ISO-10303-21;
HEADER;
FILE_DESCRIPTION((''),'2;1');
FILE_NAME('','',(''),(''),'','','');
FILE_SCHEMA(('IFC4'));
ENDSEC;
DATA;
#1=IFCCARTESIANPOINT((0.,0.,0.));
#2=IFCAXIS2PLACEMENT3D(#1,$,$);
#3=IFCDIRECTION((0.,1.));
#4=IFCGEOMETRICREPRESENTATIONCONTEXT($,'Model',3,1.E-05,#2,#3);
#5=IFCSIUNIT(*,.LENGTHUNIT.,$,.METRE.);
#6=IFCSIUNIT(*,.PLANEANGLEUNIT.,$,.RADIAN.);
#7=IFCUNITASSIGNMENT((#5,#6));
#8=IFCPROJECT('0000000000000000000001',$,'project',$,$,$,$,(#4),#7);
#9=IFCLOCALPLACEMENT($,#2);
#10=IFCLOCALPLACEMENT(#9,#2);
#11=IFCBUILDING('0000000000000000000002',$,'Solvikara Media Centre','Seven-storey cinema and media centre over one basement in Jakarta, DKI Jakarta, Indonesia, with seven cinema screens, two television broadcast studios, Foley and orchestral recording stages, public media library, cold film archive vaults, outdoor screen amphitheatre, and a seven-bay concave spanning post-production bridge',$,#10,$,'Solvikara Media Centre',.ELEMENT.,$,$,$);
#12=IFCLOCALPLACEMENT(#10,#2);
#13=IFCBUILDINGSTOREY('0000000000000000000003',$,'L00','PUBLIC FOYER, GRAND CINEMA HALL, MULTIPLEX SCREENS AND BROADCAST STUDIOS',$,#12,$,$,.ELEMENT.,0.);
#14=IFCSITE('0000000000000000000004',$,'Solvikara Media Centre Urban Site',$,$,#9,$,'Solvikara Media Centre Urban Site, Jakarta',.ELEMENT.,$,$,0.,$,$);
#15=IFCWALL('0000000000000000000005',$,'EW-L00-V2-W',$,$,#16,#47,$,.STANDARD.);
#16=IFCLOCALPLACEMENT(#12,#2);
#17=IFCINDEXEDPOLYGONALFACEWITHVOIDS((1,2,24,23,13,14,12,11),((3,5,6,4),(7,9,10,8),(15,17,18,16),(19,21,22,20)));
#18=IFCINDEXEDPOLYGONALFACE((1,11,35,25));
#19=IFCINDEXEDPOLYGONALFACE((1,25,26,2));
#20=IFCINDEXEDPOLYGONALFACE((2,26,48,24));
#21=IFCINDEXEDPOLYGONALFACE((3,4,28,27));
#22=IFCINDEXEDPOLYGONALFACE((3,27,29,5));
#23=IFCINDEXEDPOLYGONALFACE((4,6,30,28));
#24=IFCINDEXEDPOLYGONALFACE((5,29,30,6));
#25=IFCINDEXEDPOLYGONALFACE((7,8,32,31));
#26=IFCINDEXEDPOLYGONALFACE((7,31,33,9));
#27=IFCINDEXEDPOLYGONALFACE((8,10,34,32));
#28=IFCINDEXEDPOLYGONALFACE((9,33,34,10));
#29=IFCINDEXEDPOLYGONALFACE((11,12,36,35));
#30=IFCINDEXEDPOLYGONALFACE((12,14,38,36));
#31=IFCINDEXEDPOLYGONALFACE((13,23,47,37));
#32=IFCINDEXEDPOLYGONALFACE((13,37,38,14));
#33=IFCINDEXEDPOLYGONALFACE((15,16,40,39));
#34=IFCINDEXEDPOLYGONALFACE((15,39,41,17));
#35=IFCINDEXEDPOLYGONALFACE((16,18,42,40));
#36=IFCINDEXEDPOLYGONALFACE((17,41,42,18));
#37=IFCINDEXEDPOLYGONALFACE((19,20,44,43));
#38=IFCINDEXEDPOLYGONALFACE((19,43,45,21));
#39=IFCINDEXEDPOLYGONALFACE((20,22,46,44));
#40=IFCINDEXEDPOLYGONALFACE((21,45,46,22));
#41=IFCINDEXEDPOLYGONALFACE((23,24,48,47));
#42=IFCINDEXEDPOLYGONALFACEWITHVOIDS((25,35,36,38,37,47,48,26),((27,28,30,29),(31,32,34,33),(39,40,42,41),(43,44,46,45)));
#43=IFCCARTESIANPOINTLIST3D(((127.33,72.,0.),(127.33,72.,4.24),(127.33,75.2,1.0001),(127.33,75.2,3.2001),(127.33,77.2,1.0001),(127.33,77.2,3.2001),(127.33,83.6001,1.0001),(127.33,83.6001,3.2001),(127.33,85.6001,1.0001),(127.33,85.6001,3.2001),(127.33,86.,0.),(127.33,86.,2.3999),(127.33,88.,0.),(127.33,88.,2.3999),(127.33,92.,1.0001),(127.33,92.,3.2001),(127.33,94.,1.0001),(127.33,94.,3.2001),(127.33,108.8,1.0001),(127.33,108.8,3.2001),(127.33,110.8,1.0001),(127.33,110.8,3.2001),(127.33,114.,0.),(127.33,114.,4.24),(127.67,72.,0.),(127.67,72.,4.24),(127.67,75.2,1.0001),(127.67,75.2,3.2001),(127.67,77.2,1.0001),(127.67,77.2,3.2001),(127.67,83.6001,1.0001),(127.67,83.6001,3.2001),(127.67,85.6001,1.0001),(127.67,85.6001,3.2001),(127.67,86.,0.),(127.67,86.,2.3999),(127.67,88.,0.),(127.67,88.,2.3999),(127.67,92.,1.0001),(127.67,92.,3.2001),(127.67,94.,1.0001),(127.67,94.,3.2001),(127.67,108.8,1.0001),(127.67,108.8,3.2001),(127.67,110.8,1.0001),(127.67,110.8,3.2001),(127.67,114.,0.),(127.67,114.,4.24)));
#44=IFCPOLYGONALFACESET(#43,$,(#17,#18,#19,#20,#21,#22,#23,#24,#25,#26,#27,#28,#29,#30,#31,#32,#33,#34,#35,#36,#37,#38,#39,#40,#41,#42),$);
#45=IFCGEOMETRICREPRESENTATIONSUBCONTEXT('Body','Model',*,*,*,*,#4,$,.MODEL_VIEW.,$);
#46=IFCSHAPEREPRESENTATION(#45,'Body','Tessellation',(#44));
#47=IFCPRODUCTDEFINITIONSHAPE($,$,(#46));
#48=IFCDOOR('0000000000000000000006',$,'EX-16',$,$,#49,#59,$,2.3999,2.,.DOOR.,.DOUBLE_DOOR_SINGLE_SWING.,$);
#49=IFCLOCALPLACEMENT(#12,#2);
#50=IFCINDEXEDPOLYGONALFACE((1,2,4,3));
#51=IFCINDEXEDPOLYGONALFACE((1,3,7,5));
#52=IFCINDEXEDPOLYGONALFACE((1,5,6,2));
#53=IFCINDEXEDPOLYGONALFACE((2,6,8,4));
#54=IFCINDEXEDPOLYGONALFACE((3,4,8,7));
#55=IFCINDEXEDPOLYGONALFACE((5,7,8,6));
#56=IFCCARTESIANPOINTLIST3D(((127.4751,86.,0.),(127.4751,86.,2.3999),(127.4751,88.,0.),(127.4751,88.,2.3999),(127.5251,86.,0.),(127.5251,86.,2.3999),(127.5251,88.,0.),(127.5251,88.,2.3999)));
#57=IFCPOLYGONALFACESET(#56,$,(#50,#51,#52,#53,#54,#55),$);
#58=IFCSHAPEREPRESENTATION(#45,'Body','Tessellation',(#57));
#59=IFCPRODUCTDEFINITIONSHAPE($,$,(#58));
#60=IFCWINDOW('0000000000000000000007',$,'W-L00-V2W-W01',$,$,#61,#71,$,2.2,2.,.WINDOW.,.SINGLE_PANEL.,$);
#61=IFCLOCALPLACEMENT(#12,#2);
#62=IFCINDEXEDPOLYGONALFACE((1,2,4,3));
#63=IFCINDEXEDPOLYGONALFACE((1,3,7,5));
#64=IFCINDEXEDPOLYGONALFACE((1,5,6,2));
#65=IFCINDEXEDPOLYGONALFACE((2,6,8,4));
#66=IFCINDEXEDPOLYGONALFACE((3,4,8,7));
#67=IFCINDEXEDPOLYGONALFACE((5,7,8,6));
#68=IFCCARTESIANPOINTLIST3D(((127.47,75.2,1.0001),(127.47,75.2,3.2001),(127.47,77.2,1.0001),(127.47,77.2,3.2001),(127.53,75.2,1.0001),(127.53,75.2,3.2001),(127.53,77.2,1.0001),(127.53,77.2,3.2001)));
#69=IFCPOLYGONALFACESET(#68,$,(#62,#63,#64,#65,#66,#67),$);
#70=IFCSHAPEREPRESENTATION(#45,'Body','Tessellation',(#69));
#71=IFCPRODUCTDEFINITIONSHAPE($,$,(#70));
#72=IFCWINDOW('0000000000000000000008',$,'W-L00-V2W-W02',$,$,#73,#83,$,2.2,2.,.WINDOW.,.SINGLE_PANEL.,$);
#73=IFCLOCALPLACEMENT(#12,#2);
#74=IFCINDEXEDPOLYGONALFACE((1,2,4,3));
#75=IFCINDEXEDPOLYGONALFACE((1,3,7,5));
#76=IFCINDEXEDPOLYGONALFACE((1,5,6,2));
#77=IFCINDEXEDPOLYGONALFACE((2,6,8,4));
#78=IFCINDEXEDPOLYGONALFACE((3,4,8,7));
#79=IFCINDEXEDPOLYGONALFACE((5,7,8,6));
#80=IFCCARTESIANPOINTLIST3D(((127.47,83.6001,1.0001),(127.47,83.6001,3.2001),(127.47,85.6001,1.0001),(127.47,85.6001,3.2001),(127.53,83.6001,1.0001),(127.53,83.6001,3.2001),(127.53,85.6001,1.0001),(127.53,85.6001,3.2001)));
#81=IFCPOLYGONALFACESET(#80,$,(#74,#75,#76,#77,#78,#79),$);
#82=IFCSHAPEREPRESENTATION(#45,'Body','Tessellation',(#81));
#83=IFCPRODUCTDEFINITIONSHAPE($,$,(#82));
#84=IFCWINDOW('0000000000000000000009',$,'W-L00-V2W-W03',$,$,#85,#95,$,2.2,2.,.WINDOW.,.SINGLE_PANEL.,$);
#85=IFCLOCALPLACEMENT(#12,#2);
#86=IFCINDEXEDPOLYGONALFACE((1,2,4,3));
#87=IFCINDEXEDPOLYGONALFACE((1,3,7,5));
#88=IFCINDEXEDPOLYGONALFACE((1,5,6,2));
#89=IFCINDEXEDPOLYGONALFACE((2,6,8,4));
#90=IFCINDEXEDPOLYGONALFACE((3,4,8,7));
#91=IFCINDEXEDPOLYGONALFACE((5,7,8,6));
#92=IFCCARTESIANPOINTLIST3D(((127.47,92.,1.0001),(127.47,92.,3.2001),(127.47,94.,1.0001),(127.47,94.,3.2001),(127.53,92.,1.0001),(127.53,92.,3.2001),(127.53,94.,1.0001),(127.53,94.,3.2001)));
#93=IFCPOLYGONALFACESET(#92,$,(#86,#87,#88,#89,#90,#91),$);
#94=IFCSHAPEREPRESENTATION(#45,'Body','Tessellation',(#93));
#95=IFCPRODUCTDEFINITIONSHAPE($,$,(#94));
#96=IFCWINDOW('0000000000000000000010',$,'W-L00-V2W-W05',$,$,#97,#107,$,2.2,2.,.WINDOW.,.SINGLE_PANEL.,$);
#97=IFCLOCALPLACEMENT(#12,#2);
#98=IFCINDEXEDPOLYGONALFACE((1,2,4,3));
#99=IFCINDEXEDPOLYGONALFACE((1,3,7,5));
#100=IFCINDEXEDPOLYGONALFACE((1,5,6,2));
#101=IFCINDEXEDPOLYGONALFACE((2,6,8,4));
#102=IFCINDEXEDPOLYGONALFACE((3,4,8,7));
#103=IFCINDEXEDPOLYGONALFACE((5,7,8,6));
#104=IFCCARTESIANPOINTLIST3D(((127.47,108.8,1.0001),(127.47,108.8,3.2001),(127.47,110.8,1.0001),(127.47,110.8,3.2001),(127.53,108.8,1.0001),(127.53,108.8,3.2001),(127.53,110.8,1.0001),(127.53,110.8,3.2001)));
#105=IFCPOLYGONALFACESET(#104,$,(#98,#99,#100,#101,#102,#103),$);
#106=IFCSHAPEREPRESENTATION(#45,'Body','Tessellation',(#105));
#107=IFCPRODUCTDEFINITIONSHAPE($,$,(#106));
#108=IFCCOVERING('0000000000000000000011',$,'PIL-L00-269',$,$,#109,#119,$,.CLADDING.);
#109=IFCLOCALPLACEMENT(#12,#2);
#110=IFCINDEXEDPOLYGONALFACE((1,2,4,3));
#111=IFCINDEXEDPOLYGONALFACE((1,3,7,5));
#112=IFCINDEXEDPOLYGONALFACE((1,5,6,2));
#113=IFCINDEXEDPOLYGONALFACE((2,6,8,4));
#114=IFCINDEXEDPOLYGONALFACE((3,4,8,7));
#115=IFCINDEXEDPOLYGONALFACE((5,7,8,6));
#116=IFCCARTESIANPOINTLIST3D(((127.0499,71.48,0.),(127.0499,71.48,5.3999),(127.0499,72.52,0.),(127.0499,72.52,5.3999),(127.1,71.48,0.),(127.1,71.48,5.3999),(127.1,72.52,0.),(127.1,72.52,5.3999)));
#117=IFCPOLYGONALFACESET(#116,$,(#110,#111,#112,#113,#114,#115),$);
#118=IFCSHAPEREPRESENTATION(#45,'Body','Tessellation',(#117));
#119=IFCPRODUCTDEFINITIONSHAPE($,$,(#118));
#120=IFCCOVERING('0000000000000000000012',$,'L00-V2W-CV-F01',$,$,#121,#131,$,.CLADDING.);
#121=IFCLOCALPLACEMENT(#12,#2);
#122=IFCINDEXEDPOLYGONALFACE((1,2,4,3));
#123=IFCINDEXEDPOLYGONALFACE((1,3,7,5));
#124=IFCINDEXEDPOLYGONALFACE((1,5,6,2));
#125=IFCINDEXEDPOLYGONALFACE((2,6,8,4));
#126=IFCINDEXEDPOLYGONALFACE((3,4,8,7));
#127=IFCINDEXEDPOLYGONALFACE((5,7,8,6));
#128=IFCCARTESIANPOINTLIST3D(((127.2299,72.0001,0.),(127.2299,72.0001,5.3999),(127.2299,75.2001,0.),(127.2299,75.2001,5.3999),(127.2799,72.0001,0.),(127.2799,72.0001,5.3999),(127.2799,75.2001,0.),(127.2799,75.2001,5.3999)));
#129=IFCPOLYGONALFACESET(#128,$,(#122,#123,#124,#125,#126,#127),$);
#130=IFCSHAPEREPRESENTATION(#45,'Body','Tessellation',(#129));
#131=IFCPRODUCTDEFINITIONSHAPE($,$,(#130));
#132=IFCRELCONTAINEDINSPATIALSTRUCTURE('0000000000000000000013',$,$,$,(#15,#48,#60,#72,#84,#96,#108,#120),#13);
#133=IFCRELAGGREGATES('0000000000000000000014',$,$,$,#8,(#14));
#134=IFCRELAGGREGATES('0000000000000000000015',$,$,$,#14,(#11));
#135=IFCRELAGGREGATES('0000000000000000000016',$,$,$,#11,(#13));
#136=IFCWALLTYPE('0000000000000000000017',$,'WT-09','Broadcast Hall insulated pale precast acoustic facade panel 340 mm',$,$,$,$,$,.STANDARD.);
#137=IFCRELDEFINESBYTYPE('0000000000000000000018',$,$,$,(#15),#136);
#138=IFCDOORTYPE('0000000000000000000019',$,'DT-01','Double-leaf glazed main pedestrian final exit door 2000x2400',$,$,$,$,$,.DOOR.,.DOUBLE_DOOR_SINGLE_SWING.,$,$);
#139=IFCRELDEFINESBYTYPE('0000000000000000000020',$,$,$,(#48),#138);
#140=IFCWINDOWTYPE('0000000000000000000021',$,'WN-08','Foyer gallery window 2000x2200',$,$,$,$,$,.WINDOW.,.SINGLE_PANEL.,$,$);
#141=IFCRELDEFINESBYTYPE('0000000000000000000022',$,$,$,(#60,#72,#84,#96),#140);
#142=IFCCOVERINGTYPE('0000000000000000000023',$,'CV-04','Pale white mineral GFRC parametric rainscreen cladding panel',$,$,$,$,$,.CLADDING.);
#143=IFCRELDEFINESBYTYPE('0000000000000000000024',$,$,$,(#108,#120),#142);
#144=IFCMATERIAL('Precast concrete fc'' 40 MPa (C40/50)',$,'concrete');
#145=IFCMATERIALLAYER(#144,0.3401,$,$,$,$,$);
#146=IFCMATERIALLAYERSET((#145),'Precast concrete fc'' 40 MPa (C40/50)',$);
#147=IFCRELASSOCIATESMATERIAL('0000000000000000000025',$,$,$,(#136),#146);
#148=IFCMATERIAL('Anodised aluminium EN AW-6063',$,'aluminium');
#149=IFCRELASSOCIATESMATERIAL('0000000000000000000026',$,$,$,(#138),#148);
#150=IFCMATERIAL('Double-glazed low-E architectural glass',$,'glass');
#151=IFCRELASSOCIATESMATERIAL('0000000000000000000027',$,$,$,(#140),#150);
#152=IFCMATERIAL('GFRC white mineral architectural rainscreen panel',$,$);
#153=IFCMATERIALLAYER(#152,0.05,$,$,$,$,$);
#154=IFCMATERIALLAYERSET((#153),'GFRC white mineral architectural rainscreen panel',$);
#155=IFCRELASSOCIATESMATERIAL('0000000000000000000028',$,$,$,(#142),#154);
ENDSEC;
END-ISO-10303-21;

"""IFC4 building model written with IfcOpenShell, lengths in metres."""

from ifc_helpers import new_model, si_unit, direction, frame, frame_2d, origin, origin_2d, place, context, subcontext, project, spatial, rectangle, extrude, material, layer, layer_set, type_object, element, fill, save


model = new_model("IFC4")

# Units and contexts
model_context = context("Model", 3, precision=1e-05, world=origin(), true_north=direction((0.0, 1.0)))
body_context = subcontext(model_context, "Body", "Model", "MODEL_VIEW")
ifc_project = project(units=[si_unit("LENGTHUNIT", "METRE"), si_unit("PLANEANGLEUNIT", "RADIAN")], contexts=[model_context])

# Site, building, storey
site_placement = place(None, origin())
site = spatial("IfcSite", under=ifc_project, at=site_placement, Name="Solvikara Media Centre Urban Site", LongName="Solvikara Media Centre Urban Site, Jakarta", CompositionType="ELEMENT", RefElevation=0.0)
building_placement = place(site_placement, origin())
building = spatial("IfcBuilding", under=site, at=building_placement, Name="Solvikara Media Centre", Description="Seven-storey cinema and media centre over one basement in Jakarta, DKI Jakarta, Indonesia, with seven cinema screens, two television broadcast studios, Foley and orchestral recording stages, public media library, cold film archive vaults, outdoor screen amphitheatre, and a seven-bay concave spanning post-production bridge", LongName="Solvikara Media Centre", CompositionType="ELEMENT")
storey_placement = place(building_placement, origin())
storey = spatial("IfcBuildingStorey", under=building, at=storey_placement, Name="L00", Description="PUBLIC FOYER, GRAND CINEMA HALL, MULTIPLEX SCREENS AND BROADCAST STUDIOS", CompositionType="ELEMENT", Elevation=0.0)

# Shared definitions
ifc_material_1 = material(Name="Anodised aluminium EN AW-6063", Category="aluminium")

# Wall, openings, door, windows
ifc_material_2 = material(Name="Precast concrete fc' 40 MPa (C40/50)", Category="concrete")
ifc_layer_1 = layer(ifc_material_2, 0.3401)
ifc_layer_set_1 = layer_set([ifc_layer_1], Name="Precast concrete fc' 40 MPa (C40/50)")
wall_type = type_object("IfcWallType", Name="WT-09", Description="Broadcast Hall insulated pale precast acoustic facade panel 340 mm", PredefinedType="STANDARD", material=ifc_layer_set_1)
wall_placement = place(storey_placement, frame((127.5, 72.0, 0.0), z_axis=(0.0, 0.0, 1.0), x_axis=(0.0, 1.0, 0.0)))
wall = element("IfcWall", 1, at=wall_placement, inside=storey, type_object=wall_type, Name="EW-L00-V2-W", PredefinedType="STANDARD", context=body_context, shape_type="SweptSolid", body=[
    extrude(rectangle(XDim=42.0, YDim=0.3401, at=frame_2d((21.0, 0.0))), origin(), (0.0, 0.0, 1.0), 4.24),
])
opening_1_placement = place(wall_placement, frame((14.0, 0.0, 0.0)))
opening_1 = element("IfcOpeningElement", 2, at=opening_1_placement, cuts=wall, PredefinedType="OPENING", context=body_context, shape_type="SweptSolid", body=[
    extrude(rectangle(XDim=2.0, YDim=2.3999, at=frame_2d((1.0, 1.2))), frame((0.0, 0.1821, 0.0), z_axis=(0.0, -1.0, 0.0), x_axis=(1.0, 0.0, 0.0)), (0.0, 0.0, 1.0), 0.364),
])
opening_2_placement = place(wall_placement, frame((3.2, 0.0, 1.0)))
opening_2 = element("IfcOpeningElement", 3, at=opening_2_placement, cuts=wall, PredefinedType="OPENING", context=body_context, shape_type="SweptSolid", body=[
    extrude(rectangle(XDim=2.0, YDim=2.2, at=frame_2d((1.0, 1.1001))), frame((0.0, 0.1821, 0.0), z_axis=(0.0, -1.0, 0.0), x_axis=(1.0, 0.0, 0.0)), (0.0, 0.0, 1.0), 0.364),
])
opening_3_placement = place(wall_placement, frame((11.6001, 0.0, 1.0)))
opening_3 = element("IfcOpeningElement", 4, at=opening_3_placement, cuts=wall, PredefinedType="OPENING", context=body_context, shape_type="SweptSolid", body=[
    extrude(rectangle(XDim=2.0, YDim=2.2, at=frame_2d((1.0, 1.1001))), frame((0.0, 0.1821, 0.0), z_axis=(0.0, -1.0, 0.0), x_axis=(1.0, 0.0, 0.0)), (0.0, 0.0, 1.0), 0.364),
])
opening_4_placement = place(wall_placement, frame((20.0, 0.0, 1.0)))
opening_4 = element("IfcOpeningElement", 5, at=opening_4_placement, cuts=wall, PredefinedType="OPENING", context=body_context, shape_type="SweptSolid", body=[
    extrude(rectangle(XDim=2.0, YDim=2.2, at=frame_2d((1.0, 1.1001))), frame((0.0, 0.1821, 0.0), z_axis=(0.0, -1.0, 0.0), x_axis=(1.0, 0.0, 0.0)), (0.0, 0.0, 1.0), 0.364),
])
opening_5_placement = place(wall_placement, frame((36.8, 0.0, 1.0)))
opening_5 = element("IfcOpeningElement", 6, at=opening_5_placement, cuts=wall, PredefinedType="OPENING", context=body_context, shape_type="SweptSolid", body=[
    extrude(rectangle(XDim=2.0, YDim=2.2, at=frame_2d((1.0, 1.1001))), frame((0.0, 0.1821, 0.0), z_axis=(0.0, -1.0, 0.0), x_axis=(1.0, 0.0, 0.0)), (0.0, 0.0, 1.0), 0.364),
])
door_type = type_object("IfcDoorType", Name="DT-01", Description="Double-leaf glazed main pedestrian final exit door 2000x2400", OperationType="DOUBLE_DOOR_SINGLE_SWING", PredefinedType="DOOR", material=ifc_material_1)
door_placement = place(opening_1_placement, origin())
door = element("IfcDoor", 7, at=door_placement, inside=storey, type_object=door_type, Name="EX-16", OperationType="DOUBLE_DOOR_SINGLE_SWING", OverallHeight=2.3999, OverallWidth=2.0, PredefinedType="DOOR", context=body_context, shape_type="SweptSolid", body=[
    extrude(rectangle(XDim=2.0, YDim=2.3999, at=frame_2d((1.0, 1.2))), frame((0.0, 0.0249, 0.0), z_axis=(0.0, -1.0, 0.0), x_axis=(1.0, 0.0, 0.0)), (0.0, 0.0, 1.0), 0.05),
])
fill(opening_1, door)
ifc_material_3 = material(Name="Double-glazed low-E architectural glass", Category="glass")
window_type = type_object("IfcWindowType", Name="WN-08", Description="Foyer gallery window 2000x2200", PartitioningType="SINGLE_PANEL", PredefinedType="WINDOW", material=ifc_material_3)
window_1_placement = place(opening_2_placement, origin())
window_1 = element("IfcWindow", 8, at=window_1_placement, inside=storey, type_object=window_type, Name="W-L00-V2W-W01", OverallHeight=2.2, OverallWidth=2.0, PartitioningType="SINGLE_PANEL", PredefinedType="WINDOW", context=body_context, shape_type="SweptSolid", body=[
    extrude(rectangle(XDim=2.0, YDim=2.2, at=frame_2d((1.0, 1.1001))), frame((0.0, 0.03, 0.0), z_axis=(0.0, -1.0, 0.0), x_axis=(1.0, 0.0, 0.0)), (0.0, 0.0, 1.0), 0.0601),
])
fill(opening_2, window_1)
window_2_placement = place(opening_3_placement, origin())
window_2 = element("IfcWindow", 9, at=window_2_placement, inside=storey, type_object=window_type, Name="W-L00-V2W-W02", OverallHeight=2.2, OverallWidth=2.0, PartitioningType="SINGLE_PANEL", PredefinedType="WINDOW", context=body_context, shape_type="SweptSolid", body=[
    extrude(rectangle(XDim=2.0, YDim=2.2, at=frame_2d((1.0, 1.1001))), frame((0.0, 0.03, 0.0), z_axis=(0.0, -1.0, 0.0), x_axis=(1.0, 0.0, 0.0)), (0.0, 0.0, 1.0), 0.0601),
])
fill(opening_3, window_2)
window_3_placement = place(opening_4_placement, origin())
window_3 = element("IfcWindow", 10, at=window_3_placement, inside=storey, type_object=window_type, Name="W-L00-V2W-W03", OverallHeight=2.2, OverallWidth=2.0, PartitioningType="SINGLE_PANEL", PredefinedType="WINDOW", context=body_context, shape_type="SweptSolid", body=[
    extrude(rectangle(XDim=2.0, YDim=2.2, at=frame_2d((1.0, 1.1001))), frame((0.0, 0.03, 0.0), z_axis=(0.0, -1.0, 0.0), x_axis=(1.0, 0.0, 0.0)), (0.0, 0.0, 1.0), 0.0601),
])
fill(opening_4, window_3)
window_4_placement = place(opening_5_placement, origin())
window_4 = element("IfcWindow", 11, at=window_4_placement, inside=storey, type_object=window_type, Name="W-L00-V2W-W05", OverallHeight=2.2, OverallWidth=2.0, PartitioningType="SINGLE_PANEL", PredefinedType="WINDOW", context=body_context, shape_type="SweptSolid", body=[
    extrude(rectangle(XDim=2.0, YDim=2.2, at=frame_2d((1.0, 1.1001))), frame((0.0, 0.03, 0.0), z_axis=(0.0, -1.0, 0.0), x_axis=(1.0, 0.0, 0.0)), (0.0, 0.0, 1.0), 0.0601),
])
fill(opening_5, window_4)

# Coverings
ifc_material_4 = material(Name="GFRC white mineral architectural rainscreen panel")
ifc_layer_2 = layer(ifc_material_4, 0.05)
ifc_layer_set_2 = layer_set([ifc_layer_2], Name="GFRC white mineral architectural rainscreen panel")
covering_type = type_object("IfcCoveringType", Name="CV-04", Description="Pale white mineral GFRC parametric rainscreen cladding panel", PredefinedType="CLADDING", material=ifc_layer_set_2)
covering_1_placement = place(storey_placement, frame((127.075, 72.0, 0.0), z_axis=(0.0, 0.0, 1.0), x_axis=(0.0, -1.0, 0.0)))
element("IfcCovering", 12, at=covering_1_placement, inside=storey, type_object=covering_type, Name="PIL-L00-269", PredefinedType="CLADDING", context=body_context, shape_type="SweptSolid", body=[
    extrude(rectangle(XDim=1.04, YDim=0.05, at=origin_2d()), origin(), (0.0, 0.0, 1.0), 5.3999),
])
covering_2_placement = place(storey_placement, frame((127.2549, 73.6001, 0.0), z_axis=(0.0, 0.0, 1.0), x_axis=(0.0, 1.0, 0.0)))
element("IfcCovering", 13, at=covering_2_placement, inside=storey, type_object=covering_type, Name="L00-V2W-CV-F01", PredefinedType="CLADDING", context=body_context, shape_type="SweptSolid", body=[
    extrude(rectangle(XDim=3.2, YDim=0.05, at=origin_2d()), origin(), (0.0, 0.0, 1.0), 5.3999),
])

save(model, "model.ifc")
